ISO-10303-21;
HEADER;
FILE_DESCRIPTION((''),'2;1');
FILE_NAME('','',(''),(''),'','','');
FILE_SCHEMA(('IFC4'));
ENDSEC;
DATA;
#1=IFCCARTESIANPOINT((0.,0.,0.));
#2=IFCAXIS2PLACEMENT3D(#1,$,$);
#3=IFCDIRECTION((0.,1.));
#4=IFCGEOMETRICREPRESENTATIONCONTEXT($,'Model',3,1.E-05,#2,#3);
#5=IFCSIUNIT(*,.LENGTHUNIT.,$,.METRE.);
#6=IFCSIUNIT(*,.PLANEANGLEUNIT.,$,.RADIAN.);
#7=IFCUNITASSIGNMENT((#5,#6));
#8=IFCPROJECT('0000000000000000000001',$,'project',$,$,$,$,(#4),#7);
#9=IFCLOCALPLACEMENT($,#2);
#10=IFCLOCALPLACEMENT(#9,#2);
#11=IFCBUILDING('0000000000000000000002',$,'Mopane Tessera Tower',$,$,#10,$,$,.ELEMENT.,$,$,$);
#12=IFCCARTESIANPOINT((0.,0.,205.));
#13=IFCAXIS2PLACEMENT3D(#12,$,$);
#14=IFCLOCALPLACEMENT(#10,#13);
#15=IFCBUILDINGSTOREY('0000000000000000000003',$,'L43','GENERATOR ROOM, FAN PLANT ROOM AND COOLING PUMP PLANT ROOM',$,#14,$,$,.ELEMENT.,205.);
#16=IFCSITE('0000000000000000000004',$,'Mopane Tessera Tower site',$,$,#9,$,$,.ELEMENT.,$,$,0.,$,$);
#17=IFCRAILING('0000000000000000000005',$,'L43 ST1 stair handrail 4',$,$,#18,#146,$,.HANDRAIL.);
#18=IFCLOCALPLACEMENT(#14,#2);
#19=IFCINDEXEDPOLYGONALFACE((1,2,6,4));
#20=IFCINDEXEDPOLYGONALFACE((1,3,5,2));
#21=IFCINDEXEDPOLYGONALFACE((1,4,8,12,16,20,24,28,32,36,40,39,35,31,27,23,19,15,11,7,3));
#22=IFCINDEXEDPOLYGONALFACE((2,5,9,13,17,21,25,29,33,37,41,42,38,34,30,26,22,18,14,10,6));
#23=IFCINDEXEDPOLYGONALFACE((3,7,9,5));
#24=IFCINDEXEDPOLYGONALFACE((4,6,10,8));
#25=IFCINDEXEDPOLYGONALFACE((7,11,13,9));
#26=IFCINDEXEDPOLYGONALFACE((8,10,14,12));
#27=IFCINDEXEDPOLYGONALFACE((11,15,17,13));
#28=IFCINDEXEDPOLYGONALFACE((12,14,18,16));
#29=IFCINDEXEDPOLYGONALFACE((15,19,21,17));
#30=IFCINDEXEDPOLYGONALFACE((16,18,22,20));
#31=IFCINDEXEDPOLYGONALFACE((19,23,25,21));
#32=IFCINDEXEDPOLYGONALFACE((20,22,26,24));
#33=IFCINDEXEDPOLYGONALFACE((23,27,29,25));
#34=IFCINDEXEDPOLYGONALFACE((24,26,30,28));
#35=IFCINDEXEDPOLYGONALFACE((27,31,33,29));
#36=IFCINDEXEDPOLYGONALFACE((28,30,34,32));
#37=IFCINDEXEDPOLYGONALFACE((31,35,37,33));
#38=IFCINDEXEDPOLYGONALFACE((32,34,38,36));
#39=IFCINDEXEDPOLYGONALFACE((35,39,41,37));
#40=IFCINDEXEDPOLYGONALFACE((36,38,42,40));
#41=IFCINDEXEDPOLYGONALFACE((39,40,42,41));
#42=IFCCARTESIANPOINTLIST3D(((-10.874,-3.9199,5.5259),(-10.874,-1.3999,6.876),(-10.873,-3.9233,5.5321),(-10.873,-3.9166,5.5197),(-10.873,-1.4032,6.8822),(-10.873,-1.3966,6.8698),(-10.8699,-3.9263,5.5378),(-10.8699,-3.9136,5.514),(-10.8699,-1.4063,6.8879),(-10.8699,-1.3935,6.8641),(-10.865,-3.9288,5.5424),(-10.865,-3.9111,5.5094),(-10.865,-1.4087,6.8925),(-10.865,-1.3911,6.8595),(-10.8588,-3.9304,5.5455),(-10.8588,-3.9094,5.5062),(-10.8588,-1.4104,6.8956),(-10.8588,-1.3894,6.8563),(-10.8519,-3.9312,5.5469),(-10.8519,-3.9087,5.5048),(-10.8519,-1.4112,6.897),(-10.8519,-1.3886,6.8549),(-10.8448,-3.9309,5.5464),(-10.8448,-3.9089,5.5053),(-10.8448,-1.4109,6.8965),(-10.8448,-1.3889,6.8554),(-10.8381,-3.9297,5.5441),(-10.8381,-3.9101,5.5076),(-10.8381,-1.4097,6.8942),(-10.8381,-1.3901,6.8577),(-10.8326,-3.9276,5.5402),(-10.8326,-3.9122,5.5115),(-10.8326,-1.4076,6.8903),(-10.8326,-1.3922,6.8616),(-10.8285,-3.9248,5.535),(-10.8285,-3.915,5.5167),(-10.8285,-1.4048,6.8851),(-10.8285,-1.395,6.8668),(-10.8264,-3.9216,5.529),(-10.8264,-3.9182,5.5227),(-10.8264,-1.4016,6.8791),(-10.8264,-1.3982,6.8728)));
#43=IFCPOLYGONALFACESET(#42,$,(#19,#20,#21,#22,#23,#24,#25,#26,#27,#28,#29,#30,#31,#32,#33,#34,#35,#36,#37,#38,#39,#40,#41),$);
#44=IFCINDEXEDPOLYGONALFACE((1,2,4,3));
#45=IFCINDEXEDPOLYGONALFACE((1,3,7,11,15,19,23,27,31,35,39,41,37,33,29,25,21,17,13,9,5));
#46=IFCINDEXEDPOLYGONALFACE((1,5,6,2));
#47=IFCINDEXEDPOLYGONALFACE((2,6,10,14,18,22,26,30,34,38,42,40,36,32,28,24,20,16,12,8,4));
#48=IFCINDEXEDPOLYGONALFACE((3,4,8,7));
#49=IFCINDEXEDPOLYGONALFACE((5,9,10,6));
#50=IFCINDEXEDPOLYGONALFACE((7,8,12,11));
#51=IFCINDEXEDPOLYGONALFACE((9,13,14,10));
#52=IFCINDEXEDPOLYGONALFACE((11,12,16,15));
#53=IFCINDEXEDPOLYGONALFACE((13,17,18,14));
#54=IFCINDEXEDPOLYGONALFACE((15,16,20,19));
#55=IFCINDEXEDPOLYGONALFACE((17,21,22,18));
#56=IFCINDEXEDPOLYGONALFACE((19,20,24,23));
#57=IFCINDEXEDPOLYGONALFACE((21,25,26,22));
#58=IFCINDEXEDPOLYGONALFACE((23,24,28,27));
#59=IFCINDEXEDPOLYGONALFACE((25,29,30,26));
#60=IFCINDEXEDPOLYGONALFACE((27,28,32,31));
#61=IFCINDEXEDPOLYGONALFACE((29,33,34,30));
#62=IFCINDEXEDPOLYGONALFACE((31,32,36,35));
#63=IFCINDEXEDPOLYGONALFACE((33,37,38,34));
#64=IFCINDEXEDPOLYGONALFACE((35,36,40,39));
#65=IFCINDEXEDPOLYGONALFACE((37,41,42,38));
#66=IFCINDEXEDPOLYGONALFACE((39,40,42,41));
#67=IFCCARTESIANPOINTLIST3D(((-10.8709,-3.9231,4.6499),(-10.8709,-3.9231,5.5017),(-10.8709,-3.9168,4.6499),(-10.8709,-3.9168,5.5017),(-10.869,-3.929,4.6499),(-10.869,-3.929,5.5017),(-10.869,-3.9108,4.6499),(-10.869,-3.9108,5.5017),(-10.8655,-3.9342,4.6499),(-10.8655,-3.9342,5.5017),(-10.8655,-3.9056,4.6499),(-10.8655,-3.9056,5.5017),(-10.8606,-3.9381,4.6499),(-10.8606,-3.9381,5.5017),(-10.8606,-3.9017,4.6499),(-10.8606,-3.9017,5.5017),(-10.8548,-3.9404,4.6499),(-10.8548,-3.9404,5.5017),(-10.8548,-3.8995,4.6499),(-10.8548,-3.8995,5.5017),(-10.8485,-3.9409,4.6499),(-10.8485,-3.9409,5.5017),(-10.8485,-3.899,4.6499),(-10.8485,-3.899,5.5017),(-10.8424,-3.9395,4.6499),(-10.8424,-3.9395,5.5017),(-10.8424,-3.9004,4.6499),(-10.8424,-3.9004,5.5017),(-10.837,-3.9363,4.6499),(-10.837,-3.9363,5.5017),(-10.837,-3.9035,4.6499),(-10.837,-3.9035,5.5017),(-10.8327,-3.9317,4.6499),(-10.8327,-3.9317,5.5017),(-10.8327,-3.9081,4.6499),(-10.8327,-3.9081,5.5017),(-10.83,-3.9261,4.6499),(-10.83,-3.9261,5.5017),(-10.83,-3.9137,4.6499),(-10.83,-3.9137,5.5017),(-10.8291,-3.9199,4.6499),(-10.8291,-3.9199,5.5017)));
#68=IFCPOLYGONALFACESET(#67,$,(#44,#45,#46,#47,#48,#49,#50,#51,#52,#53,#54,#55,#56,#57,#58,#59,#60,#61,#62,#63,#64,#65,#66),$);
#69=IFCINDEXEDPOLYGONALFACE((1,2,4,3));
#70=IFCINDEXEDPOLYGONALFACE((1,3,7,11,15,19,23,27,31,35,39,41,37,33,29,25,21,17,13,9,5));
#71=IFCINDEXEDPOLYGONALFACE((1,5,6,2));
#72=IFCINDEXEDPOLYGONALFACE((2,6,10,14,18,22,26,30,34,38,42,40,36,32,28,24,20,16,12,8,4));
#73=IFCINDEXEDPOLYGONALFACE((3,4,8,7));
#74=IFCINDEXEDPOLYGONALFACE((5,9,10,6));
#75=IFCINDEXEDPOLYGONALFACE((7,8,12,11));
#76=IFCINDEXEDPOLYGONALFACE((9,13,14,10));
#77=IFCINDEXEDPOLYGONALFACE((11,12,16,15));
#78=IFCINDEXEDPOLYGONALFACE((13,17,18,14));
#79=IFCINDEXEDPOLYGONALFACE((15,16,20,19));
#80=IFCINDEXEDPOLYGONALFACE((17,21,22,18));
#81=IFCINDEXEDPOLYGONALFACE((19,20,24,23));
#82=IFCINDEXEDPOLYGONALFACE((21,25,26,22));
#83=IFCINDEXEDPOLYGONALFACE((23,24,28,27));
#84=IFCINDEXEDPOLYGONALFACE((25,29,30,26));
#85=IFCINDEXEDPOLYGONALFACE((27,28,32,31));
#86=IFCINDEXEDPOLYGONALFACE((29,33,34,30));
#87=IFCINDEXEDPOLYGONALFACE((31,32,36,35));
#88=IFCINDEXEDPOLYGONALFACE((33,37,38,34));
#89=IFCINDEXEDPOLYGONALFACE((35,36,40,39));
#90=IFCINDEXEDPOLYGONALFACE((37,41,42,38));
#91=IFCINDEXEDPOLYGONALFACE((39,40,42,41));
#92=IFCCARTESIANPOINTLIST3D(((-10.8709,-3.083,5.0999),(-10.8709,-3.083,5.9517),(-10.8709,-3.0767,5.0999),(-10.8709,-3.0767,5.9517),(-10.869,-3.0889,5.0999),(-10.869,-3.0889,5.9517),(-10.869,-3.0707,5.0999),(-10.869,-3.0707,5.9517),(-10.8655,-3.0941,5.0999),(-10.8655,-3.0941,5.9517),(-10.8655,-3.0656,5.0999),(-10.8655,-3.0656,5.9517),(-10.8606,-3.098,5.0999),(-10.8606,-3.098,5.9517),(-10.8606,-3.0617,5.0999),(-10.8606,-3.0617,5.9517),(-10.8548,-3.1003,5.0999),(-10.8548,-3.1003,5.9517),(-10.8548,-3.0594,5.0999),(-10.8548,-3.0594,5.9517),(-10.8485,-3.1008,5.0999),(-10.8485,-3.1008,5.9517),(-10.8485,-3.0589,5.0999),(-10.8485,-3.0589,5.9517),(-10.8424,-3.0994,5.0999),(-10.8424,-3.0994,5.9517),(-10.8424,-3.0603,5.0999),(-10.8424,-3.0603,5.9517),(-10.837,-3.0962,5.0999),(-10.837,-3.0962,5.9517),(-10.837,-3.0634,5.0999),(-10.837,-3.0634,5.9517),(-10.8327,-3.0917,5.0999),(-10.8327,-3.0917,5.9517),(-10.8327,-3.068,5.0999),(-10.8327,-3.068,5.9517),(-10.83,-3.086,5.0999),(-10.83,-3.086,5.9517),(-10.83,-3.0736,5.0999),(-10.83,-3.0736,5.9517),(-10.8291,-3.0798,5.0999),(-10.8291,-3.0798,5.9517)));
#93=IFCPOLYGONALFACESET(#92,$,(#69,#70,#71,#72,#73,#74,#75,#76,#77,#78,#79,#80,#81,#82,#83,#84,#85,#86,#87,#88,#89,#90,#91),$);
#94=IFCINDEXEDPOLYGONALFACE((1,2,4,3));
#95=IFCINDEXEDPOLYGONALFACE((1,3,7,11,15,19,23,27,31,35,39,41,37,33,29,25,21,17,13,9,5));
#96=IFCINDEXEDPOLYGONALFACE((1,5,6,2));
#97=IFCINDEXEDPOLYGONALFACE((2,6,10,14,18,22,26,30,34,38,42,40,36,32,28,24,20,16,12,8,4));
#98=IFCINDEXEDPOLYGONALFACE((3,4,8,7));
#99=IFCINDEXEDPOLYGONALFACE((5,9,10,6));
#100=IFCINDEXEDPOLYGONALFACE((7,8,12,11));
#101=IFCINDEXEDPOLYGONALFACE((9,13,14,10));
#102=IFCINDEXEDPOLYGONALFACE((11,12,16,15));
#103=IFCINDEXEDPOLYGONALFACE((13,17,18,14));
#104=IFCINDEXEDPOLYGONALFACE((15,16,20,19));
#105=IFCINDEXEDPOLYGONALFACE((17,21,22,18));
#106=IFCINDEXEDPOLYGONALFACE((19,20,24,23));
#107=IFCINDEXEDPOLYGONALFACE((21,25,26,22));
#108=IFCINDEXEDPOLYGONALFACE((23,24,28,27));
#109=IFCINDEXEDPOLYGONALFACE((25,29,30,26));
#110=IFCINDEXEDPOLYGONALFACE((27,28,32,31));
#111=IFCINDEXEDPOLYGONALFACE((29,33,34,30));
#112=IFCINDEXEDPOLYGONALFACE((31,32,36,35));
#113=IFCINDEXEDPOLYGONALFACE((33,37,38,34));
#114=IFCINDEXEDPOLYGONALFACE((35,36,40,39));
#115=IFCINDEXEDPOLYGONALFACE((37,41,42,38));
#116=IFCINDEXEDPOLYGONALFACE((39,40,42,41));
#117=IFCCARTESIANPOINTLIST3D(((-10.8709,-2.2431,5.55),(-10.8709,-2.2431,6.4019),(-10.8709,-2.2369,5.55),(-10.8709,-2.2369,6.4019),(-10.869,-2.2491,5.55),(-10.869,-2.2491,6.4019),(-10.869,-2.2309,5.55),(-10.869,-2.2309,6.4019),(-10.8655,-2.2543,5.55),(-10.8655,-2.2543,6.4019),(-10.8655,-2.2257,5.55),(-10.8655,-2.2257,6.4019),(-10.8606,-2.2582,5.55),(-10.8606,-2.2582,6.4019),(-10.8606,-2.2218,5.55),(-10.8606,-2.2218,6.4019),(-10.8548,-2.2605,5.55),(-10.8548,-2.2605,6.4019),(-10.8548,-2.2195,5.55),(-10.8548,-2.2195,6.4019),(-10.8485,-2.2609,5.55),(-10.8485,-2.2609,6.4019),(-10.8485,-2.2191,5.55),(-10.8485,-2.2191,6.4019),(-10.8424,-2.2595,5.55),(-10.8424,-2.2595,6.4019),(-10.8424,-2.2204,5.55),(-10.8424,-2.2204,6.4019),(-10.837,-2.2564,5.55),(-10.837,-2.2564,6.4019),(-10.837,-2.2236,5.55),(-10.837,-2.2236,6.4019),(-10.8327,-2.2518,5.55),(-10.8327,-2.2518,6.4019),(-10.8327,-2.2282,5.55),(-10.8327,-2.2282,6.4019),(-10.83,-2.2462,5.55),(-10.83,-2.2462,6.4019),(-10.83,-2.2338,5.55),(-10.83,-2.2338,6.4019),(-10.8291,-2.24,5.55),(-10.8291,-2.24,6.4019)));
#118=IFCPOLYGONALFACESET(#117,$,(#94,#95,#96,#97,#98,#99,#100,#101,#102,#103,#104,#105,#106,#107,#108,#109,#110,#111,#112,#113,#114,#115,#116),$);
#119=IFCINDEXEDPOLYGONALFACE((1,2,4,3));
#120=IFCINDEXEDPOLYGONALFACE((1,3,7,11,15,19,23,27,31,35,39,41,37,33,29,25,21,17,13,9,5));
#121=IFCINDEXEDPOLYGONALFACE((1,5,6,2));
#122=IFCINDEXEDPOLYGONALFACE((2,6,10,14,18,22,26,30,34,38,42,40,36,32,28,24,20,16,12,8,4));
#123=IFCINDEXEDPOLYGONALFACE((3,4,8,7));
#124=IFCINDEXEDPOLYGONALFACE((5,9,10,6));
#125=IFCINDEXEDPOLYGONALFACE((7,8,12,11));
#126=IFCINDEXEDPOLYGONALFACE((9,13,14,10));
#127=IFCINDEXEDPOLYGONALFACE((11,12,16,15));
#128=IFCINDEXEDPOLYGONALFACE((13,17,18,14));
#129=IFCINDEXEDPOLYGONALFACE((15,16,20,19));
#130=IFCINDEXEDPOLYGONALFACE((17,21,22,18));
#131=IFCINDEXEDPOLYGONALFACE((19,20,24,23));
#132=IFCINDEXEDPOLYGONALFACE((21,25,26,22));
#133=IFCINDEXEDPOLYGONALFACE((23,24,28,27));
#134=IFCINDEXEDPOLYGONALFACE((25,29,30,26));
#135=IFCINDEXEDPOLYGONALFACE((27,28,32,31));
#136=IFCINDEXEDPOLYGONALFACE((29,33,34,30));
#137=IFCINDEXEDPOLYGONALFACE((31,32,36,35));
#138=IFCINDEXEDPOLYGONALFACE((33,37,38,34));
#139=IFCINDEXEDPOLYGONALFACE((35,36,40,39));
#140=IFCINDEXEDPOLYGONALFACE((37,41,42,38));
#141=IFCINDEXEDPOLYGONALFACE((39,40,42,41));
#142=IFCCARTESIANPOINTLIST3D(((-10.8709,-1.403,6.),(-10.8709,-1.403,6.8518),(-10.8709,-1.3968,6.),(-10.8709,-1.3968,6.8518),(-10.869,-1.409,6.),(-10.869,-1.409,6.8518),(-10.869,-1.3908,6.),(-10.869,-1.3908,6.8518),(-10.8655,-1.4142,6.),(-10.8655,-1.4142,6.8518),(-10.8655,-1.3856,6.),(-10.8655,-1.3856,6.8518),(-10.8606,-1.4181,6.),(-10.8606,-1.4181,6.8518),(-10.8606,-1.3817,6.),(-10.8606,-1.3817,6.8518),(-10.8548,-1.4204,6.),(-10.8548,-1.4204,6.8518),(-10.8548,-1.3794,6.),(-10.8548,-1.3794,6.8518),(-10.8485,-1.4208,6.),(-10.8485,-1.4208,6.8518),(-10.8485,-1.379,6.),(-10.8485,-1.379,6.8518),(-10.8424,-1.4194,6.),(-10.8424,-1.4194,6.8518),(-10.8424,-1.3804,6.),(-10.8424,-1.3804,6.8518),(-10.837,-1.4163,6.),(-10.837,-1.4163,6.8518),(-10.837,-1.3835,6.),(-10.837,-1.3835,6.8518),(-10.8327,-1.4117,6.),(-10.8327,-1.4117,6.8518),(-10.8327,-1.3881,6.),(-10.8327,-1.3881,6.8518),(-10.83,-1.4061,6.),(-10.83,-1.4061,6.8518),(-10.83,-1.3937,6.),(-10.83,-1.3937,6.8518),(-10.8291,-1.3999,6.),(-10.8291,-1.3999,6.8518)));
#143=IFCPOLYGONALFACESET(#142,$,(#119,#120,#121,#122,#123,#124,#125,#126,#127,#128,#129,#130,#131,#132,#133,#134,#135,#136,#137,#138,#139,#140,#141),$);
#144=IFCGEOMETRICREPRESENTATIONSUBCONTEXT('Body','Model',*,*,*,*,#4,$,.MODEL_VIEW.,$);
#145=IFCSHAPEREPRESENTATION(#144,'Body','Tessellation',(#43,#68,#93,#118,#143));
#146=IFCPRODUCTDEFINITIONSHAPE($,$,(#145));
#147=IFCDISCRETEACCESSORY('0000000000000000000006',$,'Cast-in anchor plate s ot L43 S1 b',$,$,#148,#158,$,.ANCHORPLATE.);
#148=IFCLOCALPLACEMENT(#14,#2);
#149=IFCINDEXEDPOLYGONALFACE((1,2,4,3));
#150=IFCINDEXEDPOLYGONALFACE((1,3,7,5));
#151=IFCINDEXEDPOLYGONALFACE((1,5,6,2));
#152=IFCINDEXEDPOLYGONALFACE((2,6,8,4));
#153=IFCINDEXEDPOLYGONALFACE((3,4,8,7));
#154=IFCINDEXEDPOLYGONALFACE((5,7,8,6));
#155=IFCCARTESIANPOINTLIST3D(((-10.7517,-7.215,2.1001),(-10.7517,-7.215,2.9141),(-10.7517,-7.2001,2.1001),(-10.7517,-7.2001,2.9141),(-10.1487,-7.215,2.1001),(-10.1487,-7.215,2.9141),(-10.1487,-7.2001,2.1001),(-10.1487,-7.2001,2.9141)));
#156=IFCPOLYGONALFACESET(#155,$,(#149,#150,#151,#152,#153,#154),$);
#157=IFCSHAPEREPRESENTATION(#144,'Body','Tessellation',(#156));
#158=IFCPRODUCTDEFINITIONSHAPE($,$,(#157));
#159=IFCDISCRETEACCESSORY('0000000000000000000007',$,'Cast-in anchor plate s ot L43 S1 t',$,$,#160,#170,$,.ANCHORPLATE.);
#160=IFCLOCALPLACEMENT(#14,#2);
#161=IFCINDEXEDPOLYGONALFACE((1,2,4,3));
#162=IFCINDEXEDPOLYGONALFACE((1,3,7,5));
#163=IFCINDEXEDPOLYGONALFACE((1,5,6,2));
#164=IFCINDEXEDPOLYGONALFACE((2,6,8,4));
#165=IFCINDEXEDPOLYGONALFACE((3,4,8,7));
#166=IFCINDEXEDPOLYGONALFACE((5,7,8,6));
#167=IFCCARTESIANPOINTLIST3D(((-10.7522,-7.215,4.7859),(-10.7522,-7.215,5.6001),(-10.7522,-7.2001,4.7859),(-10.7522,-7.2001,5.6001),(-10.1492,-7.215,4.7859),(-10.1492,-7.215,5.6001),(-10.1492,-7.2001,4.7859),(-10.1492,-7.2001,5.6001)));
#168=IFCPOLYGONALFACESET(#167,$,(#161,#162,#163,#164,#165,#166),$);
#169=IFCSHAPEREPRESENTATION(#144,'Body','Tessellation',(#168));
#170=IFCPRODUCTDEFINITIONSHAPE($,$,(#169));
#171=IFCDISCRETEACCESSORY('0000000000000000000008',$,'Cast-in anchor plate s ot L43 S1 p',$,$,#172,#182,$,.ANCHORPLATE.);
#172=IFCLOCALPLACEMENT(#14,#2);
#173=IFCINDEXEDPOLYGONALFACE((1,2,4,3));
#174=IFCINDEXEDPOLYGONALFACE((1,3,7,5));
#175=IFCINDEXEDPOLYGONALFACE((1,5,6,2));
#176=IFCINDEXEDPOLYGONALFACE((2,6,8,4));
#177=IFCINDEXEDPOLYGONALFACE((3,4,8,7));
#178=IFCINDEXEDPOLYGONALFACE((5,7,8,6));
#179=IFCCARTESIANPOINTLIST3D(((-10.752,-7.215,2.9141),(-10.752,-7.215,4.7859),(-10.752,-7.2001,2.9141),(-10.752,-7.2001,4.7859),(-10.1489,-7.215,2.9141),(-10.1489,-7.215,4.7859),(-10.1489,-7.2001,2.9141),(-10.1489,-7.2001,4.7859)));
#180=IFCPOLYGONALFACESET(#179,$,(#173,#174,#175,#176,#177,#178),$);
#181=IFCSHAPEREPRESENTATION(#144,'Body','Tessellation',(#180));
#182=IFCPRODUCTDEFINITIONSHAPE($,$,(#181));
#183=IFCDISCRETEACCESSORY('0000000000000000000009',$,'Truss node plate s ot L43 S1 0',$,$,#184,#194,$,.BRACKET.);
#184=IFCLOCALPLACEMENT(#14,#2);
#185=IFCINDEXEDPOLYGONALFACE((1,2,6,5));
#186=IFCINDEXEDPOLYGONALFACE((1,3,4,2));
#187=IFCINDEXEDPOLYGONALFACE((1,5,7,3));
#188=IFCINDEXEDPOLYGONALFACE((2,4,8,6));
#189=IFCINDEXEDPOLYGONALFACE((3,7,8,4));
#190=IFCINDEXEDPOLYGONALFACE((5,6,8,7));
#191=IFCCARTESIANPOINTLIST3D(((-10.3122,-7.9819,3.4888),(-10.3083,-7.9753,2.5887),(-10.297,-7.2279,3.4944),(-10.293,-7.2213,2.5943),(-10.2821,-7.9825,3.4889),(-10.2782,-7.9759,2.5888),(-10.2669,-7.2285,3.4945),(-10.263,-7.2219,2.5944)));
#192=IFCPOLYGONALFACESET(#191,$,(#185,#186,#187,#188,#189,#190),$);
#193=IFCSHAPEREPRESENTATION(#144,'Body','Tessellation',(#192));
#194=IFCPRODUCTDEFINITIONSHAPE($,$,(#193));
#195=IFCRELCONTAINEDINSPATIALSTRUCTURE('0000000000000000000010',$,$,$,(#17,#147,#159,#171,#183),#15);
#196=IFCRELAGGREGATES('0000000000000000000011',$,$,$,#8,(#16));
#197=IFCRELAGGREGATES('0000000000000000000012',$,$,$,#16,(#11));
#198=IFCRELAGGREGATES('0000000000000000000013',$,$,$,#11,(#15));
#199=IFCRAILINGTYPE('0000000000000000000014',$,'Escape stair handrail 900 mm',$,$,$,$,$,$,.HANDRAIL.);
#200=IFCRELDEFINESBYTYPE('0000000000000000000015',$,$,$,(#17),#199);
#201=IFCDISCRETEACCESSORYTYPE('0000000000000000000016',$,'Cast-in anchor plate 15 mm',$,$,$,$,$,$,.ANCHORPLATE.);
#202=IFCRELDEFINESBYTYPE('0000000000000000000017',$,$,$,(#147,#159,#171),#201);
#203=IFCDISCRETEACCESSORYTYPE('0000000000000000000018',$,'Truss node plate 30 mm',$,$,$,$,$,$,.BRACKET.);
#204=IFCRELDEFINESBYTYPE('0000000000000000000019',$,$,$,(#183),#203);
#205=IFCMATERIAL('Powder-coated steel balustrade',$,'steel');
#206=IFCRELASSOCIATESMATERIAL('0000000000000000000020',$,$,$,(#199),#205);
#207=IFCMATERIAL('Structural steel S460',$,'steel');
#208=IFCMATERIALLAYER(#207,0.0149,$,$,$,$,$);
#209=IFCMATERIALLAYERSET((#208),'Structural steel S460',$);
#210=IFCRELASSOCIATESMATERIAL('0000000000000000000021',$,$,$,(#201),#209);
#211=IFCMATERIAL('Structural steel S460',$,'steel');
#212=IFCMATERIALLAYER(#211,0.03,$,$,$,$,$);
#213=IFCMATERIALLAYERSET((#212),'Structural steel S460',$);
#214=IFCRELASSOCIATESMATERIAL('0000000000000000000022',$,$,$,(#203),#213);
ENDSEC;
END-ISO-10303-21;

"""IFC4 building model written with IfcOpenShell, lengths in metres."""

from ifc_helpers import new_model, si_unit, direction, frame, origin, origin_2d, place, context, subcontext, project, spatial, rectangle, circle, extrude, material, layer, layer_set, type_object, element, save


model = new_model("IFC4")

# Units and contexts
model_context = context("Model", 3, precision=1e-05, world=origin(), true_north=direction((0.0, 1.0)))
body_context = subcontext(model_context, "Body", "Model", "MODEL_VIEW")
ifc_project = project(units=[si_unit("LENGTHUNIT", "METRE"), si_unit("PLANEANGLEUNIT", "RADIAN")], contexts=[model_context])

# Site, building, storey
site_placement = place(None, origin())
site = spatial("IfcSite", under=ifc_project, at=site_placement, Name="Mopane Tessera Tower site", CompositionType="ELEMENT", RefElevation=0.0)
building_placement = place(site_placement, origin())
building = spatial("IfcBuilding", under=site, at=building_placement, Name="Mopane Tessera Tower", CompositionType="ELEMENT")
storey_placement = place(building_placement, frame((0.0, 0.0, 205.0)))
storey = spatial("IfcBuildingStorey", under=building, at=storey_placement, Name="L43", Description="GENERATOR ROOM, FAN PLANT ROOM AND COOLING PUMP PLANT ROOM", CompositionType="ELEMENT", Elevation=205.0)

# Railing
ifc_material_1 = material(Name="Powder-coated steel balustrade", Category="steel")
railing_type = type_object("IfcRailingType", Name="Escape stair handrail 900 mm", PredefinedType="HANDRAIL", material=ifc_material_1)
railing_placement = place(storey_placement, frame((-10.8501, -3.9199, 4.6499)))
element("IfcRailing", 1, at=railing_placement, inside=storey, type_object=railing_type, Name="L43 ST1 stair handrail 4", PredefinedType="HANDRAIL", context=body_context, shape_type="SweptSolid", body=[
    extrude(circle(Radius=0.0239, at=origin_2d()), frame((0.0, 0.0, 0.876), z_axis=(0.0, 0.881467, 0.472245), x_axis=(-1.0, 0.0, 0.0)), (0.0, 0.0, 1.0), 2.8589),
    extrude(circle(Radius=0.021, at=origin_2d()), origin(), (0.0, 0.0, 1.0), 0.8518),
    extrude(circle(Radius=0.021, at=origin_2d()), frame((0.0, 0.8401, 0.45)), (0.0, 0.0, 1.0), 0.8518),
    extrude(circle(Radius=0.021, at=origin_2d()), frame((0.0, 1.6799, 0.9001)), (0.0, 0.0, 1.0), 0.8518),
    extrude(circle(Radius=0.021, at=origin_2d()), frame((0.0, 2.52, 1.3501)), (0.0, 0.0, 1.0), 0.8518),
])

# Discrete accessories
ifc_material_2 = material(Name="Structural steel S460", Category="steel")
ifc_layer_1 = layer(ifc_material_2, 0.0149)
ifc_layer_set_1 = layer_set([ifc_layer_1], Name="Structural steel S460")
discrete_accessory_type_1 = type_object("IfcDiscreteAccessoryType", Name="Cast-in anchor plate 15 mm", PredefinedType="ANCHORPLATE", material=ifc_layer_set_1)
discrete_accessory_1_placement = place(storey_placement, frame((-10.4502, -7.2075, 2.1001), z_axis=(0.0, 0.0, 1.0), x_axis=(0.0, -1.0, 0.0)))
element("IfcDiscreteAccessory", 2, at=discrete_accessory_1_placement, inside=storey, type_object=discrete_accessory_type_1, Name="Cast-in anchor plate s ot L43 S1 b", PredefinedType="ANCHORPLATE", context=body_context, shape_type="SweptSolid", body=[
    extrude(rectangle(XDim=0.0149, YDim=0.603, at=origin_2d()), origin(), (0.0, 0.0, 1.0), 0.814),
])
discrete_accessory_2_placement = place(storey_placement, frame((-10.4507, -7.2075, 4.7859), z_axis=(0.0, 0.0, 1.0), x_axis=(0.0, -1.0, 0.0)))
element("IfcDiscreteAccessory", 3, at=discrete_accessory_2_placement, inside=storey, type_object=discrete_accessory_type_1, Name="Cast-in anchor plate s ot L43 S1 t", PredefinedType="ANCHORPLATE", context=body_context, shape_type="SweptSolid", body=[
    extrude(rectangle(XDim=0.0149, YDim=0.603, at=origin_2d()), origin(), (0.0, 0.0, 1.0), 0.8142),
])
discrete_accessory_3_placement = place(storey_placement, frame((-10.4504, -7.2075, 2.9141), z_axis=(0.0, 0.0, 1.0), x_axis=(0.0, -1.0, 0.0)))
element("IfcDiscreteAccessory", 4, at=discrete_accessory_3_placement, inside=storey, type_object=discrete_accessory_type_1, Name="Cast-in anchor plate s ot L43 S1 p", PredefinedType="ANCHORPLATE", context=body_context, shape_type="SweptSolid", body=[
    extrude(rectangle(XDim=0.0149, YDim=0.603, at=origin_2d()), origin(), (0.0, 0.0, 1.0), 1.8718),
])
ifc_material_3 = material(Name="Structural steel S460", Category="steel")
ifc_layer_2 = layer(ifc_material_3, 0.03)
ifc_layer_set_2 = layer_set([ifc_layer_2], Name="Structural steel S460")
discrete_accessory_type_2 = type_object("IfcDiscreteAccessoryType", Name="Truss node plate 30 mm", PredefinedType="BRACKET", material=ifc_layer_set_2)
discrete_accessory_4_placement = place(storey_placement, frame((-10.2856, -7.5986, 2.5916), z_axis=(-0.004339, -0.007323, 0.999964), x_axis=(0.999787, -0.020206, 0.004191)))
element("IfcDiscreteAccessory", 5, at=discrete_accessory_4_placement, inside=storey, type_object=discrete_accessory_type_2, Name="Truss node plate s ot L43 S1 0", PredefinedType="BRACKET", context=body_context, shape_type="SweptSolid", body=[
    extrude(rectangle(XDim=0.03, YDim=0.7542, at=origin_2d()), origin(), (0.0, 0.0, 1.0), 0.9001),
])

save(model, "model.ifc")
